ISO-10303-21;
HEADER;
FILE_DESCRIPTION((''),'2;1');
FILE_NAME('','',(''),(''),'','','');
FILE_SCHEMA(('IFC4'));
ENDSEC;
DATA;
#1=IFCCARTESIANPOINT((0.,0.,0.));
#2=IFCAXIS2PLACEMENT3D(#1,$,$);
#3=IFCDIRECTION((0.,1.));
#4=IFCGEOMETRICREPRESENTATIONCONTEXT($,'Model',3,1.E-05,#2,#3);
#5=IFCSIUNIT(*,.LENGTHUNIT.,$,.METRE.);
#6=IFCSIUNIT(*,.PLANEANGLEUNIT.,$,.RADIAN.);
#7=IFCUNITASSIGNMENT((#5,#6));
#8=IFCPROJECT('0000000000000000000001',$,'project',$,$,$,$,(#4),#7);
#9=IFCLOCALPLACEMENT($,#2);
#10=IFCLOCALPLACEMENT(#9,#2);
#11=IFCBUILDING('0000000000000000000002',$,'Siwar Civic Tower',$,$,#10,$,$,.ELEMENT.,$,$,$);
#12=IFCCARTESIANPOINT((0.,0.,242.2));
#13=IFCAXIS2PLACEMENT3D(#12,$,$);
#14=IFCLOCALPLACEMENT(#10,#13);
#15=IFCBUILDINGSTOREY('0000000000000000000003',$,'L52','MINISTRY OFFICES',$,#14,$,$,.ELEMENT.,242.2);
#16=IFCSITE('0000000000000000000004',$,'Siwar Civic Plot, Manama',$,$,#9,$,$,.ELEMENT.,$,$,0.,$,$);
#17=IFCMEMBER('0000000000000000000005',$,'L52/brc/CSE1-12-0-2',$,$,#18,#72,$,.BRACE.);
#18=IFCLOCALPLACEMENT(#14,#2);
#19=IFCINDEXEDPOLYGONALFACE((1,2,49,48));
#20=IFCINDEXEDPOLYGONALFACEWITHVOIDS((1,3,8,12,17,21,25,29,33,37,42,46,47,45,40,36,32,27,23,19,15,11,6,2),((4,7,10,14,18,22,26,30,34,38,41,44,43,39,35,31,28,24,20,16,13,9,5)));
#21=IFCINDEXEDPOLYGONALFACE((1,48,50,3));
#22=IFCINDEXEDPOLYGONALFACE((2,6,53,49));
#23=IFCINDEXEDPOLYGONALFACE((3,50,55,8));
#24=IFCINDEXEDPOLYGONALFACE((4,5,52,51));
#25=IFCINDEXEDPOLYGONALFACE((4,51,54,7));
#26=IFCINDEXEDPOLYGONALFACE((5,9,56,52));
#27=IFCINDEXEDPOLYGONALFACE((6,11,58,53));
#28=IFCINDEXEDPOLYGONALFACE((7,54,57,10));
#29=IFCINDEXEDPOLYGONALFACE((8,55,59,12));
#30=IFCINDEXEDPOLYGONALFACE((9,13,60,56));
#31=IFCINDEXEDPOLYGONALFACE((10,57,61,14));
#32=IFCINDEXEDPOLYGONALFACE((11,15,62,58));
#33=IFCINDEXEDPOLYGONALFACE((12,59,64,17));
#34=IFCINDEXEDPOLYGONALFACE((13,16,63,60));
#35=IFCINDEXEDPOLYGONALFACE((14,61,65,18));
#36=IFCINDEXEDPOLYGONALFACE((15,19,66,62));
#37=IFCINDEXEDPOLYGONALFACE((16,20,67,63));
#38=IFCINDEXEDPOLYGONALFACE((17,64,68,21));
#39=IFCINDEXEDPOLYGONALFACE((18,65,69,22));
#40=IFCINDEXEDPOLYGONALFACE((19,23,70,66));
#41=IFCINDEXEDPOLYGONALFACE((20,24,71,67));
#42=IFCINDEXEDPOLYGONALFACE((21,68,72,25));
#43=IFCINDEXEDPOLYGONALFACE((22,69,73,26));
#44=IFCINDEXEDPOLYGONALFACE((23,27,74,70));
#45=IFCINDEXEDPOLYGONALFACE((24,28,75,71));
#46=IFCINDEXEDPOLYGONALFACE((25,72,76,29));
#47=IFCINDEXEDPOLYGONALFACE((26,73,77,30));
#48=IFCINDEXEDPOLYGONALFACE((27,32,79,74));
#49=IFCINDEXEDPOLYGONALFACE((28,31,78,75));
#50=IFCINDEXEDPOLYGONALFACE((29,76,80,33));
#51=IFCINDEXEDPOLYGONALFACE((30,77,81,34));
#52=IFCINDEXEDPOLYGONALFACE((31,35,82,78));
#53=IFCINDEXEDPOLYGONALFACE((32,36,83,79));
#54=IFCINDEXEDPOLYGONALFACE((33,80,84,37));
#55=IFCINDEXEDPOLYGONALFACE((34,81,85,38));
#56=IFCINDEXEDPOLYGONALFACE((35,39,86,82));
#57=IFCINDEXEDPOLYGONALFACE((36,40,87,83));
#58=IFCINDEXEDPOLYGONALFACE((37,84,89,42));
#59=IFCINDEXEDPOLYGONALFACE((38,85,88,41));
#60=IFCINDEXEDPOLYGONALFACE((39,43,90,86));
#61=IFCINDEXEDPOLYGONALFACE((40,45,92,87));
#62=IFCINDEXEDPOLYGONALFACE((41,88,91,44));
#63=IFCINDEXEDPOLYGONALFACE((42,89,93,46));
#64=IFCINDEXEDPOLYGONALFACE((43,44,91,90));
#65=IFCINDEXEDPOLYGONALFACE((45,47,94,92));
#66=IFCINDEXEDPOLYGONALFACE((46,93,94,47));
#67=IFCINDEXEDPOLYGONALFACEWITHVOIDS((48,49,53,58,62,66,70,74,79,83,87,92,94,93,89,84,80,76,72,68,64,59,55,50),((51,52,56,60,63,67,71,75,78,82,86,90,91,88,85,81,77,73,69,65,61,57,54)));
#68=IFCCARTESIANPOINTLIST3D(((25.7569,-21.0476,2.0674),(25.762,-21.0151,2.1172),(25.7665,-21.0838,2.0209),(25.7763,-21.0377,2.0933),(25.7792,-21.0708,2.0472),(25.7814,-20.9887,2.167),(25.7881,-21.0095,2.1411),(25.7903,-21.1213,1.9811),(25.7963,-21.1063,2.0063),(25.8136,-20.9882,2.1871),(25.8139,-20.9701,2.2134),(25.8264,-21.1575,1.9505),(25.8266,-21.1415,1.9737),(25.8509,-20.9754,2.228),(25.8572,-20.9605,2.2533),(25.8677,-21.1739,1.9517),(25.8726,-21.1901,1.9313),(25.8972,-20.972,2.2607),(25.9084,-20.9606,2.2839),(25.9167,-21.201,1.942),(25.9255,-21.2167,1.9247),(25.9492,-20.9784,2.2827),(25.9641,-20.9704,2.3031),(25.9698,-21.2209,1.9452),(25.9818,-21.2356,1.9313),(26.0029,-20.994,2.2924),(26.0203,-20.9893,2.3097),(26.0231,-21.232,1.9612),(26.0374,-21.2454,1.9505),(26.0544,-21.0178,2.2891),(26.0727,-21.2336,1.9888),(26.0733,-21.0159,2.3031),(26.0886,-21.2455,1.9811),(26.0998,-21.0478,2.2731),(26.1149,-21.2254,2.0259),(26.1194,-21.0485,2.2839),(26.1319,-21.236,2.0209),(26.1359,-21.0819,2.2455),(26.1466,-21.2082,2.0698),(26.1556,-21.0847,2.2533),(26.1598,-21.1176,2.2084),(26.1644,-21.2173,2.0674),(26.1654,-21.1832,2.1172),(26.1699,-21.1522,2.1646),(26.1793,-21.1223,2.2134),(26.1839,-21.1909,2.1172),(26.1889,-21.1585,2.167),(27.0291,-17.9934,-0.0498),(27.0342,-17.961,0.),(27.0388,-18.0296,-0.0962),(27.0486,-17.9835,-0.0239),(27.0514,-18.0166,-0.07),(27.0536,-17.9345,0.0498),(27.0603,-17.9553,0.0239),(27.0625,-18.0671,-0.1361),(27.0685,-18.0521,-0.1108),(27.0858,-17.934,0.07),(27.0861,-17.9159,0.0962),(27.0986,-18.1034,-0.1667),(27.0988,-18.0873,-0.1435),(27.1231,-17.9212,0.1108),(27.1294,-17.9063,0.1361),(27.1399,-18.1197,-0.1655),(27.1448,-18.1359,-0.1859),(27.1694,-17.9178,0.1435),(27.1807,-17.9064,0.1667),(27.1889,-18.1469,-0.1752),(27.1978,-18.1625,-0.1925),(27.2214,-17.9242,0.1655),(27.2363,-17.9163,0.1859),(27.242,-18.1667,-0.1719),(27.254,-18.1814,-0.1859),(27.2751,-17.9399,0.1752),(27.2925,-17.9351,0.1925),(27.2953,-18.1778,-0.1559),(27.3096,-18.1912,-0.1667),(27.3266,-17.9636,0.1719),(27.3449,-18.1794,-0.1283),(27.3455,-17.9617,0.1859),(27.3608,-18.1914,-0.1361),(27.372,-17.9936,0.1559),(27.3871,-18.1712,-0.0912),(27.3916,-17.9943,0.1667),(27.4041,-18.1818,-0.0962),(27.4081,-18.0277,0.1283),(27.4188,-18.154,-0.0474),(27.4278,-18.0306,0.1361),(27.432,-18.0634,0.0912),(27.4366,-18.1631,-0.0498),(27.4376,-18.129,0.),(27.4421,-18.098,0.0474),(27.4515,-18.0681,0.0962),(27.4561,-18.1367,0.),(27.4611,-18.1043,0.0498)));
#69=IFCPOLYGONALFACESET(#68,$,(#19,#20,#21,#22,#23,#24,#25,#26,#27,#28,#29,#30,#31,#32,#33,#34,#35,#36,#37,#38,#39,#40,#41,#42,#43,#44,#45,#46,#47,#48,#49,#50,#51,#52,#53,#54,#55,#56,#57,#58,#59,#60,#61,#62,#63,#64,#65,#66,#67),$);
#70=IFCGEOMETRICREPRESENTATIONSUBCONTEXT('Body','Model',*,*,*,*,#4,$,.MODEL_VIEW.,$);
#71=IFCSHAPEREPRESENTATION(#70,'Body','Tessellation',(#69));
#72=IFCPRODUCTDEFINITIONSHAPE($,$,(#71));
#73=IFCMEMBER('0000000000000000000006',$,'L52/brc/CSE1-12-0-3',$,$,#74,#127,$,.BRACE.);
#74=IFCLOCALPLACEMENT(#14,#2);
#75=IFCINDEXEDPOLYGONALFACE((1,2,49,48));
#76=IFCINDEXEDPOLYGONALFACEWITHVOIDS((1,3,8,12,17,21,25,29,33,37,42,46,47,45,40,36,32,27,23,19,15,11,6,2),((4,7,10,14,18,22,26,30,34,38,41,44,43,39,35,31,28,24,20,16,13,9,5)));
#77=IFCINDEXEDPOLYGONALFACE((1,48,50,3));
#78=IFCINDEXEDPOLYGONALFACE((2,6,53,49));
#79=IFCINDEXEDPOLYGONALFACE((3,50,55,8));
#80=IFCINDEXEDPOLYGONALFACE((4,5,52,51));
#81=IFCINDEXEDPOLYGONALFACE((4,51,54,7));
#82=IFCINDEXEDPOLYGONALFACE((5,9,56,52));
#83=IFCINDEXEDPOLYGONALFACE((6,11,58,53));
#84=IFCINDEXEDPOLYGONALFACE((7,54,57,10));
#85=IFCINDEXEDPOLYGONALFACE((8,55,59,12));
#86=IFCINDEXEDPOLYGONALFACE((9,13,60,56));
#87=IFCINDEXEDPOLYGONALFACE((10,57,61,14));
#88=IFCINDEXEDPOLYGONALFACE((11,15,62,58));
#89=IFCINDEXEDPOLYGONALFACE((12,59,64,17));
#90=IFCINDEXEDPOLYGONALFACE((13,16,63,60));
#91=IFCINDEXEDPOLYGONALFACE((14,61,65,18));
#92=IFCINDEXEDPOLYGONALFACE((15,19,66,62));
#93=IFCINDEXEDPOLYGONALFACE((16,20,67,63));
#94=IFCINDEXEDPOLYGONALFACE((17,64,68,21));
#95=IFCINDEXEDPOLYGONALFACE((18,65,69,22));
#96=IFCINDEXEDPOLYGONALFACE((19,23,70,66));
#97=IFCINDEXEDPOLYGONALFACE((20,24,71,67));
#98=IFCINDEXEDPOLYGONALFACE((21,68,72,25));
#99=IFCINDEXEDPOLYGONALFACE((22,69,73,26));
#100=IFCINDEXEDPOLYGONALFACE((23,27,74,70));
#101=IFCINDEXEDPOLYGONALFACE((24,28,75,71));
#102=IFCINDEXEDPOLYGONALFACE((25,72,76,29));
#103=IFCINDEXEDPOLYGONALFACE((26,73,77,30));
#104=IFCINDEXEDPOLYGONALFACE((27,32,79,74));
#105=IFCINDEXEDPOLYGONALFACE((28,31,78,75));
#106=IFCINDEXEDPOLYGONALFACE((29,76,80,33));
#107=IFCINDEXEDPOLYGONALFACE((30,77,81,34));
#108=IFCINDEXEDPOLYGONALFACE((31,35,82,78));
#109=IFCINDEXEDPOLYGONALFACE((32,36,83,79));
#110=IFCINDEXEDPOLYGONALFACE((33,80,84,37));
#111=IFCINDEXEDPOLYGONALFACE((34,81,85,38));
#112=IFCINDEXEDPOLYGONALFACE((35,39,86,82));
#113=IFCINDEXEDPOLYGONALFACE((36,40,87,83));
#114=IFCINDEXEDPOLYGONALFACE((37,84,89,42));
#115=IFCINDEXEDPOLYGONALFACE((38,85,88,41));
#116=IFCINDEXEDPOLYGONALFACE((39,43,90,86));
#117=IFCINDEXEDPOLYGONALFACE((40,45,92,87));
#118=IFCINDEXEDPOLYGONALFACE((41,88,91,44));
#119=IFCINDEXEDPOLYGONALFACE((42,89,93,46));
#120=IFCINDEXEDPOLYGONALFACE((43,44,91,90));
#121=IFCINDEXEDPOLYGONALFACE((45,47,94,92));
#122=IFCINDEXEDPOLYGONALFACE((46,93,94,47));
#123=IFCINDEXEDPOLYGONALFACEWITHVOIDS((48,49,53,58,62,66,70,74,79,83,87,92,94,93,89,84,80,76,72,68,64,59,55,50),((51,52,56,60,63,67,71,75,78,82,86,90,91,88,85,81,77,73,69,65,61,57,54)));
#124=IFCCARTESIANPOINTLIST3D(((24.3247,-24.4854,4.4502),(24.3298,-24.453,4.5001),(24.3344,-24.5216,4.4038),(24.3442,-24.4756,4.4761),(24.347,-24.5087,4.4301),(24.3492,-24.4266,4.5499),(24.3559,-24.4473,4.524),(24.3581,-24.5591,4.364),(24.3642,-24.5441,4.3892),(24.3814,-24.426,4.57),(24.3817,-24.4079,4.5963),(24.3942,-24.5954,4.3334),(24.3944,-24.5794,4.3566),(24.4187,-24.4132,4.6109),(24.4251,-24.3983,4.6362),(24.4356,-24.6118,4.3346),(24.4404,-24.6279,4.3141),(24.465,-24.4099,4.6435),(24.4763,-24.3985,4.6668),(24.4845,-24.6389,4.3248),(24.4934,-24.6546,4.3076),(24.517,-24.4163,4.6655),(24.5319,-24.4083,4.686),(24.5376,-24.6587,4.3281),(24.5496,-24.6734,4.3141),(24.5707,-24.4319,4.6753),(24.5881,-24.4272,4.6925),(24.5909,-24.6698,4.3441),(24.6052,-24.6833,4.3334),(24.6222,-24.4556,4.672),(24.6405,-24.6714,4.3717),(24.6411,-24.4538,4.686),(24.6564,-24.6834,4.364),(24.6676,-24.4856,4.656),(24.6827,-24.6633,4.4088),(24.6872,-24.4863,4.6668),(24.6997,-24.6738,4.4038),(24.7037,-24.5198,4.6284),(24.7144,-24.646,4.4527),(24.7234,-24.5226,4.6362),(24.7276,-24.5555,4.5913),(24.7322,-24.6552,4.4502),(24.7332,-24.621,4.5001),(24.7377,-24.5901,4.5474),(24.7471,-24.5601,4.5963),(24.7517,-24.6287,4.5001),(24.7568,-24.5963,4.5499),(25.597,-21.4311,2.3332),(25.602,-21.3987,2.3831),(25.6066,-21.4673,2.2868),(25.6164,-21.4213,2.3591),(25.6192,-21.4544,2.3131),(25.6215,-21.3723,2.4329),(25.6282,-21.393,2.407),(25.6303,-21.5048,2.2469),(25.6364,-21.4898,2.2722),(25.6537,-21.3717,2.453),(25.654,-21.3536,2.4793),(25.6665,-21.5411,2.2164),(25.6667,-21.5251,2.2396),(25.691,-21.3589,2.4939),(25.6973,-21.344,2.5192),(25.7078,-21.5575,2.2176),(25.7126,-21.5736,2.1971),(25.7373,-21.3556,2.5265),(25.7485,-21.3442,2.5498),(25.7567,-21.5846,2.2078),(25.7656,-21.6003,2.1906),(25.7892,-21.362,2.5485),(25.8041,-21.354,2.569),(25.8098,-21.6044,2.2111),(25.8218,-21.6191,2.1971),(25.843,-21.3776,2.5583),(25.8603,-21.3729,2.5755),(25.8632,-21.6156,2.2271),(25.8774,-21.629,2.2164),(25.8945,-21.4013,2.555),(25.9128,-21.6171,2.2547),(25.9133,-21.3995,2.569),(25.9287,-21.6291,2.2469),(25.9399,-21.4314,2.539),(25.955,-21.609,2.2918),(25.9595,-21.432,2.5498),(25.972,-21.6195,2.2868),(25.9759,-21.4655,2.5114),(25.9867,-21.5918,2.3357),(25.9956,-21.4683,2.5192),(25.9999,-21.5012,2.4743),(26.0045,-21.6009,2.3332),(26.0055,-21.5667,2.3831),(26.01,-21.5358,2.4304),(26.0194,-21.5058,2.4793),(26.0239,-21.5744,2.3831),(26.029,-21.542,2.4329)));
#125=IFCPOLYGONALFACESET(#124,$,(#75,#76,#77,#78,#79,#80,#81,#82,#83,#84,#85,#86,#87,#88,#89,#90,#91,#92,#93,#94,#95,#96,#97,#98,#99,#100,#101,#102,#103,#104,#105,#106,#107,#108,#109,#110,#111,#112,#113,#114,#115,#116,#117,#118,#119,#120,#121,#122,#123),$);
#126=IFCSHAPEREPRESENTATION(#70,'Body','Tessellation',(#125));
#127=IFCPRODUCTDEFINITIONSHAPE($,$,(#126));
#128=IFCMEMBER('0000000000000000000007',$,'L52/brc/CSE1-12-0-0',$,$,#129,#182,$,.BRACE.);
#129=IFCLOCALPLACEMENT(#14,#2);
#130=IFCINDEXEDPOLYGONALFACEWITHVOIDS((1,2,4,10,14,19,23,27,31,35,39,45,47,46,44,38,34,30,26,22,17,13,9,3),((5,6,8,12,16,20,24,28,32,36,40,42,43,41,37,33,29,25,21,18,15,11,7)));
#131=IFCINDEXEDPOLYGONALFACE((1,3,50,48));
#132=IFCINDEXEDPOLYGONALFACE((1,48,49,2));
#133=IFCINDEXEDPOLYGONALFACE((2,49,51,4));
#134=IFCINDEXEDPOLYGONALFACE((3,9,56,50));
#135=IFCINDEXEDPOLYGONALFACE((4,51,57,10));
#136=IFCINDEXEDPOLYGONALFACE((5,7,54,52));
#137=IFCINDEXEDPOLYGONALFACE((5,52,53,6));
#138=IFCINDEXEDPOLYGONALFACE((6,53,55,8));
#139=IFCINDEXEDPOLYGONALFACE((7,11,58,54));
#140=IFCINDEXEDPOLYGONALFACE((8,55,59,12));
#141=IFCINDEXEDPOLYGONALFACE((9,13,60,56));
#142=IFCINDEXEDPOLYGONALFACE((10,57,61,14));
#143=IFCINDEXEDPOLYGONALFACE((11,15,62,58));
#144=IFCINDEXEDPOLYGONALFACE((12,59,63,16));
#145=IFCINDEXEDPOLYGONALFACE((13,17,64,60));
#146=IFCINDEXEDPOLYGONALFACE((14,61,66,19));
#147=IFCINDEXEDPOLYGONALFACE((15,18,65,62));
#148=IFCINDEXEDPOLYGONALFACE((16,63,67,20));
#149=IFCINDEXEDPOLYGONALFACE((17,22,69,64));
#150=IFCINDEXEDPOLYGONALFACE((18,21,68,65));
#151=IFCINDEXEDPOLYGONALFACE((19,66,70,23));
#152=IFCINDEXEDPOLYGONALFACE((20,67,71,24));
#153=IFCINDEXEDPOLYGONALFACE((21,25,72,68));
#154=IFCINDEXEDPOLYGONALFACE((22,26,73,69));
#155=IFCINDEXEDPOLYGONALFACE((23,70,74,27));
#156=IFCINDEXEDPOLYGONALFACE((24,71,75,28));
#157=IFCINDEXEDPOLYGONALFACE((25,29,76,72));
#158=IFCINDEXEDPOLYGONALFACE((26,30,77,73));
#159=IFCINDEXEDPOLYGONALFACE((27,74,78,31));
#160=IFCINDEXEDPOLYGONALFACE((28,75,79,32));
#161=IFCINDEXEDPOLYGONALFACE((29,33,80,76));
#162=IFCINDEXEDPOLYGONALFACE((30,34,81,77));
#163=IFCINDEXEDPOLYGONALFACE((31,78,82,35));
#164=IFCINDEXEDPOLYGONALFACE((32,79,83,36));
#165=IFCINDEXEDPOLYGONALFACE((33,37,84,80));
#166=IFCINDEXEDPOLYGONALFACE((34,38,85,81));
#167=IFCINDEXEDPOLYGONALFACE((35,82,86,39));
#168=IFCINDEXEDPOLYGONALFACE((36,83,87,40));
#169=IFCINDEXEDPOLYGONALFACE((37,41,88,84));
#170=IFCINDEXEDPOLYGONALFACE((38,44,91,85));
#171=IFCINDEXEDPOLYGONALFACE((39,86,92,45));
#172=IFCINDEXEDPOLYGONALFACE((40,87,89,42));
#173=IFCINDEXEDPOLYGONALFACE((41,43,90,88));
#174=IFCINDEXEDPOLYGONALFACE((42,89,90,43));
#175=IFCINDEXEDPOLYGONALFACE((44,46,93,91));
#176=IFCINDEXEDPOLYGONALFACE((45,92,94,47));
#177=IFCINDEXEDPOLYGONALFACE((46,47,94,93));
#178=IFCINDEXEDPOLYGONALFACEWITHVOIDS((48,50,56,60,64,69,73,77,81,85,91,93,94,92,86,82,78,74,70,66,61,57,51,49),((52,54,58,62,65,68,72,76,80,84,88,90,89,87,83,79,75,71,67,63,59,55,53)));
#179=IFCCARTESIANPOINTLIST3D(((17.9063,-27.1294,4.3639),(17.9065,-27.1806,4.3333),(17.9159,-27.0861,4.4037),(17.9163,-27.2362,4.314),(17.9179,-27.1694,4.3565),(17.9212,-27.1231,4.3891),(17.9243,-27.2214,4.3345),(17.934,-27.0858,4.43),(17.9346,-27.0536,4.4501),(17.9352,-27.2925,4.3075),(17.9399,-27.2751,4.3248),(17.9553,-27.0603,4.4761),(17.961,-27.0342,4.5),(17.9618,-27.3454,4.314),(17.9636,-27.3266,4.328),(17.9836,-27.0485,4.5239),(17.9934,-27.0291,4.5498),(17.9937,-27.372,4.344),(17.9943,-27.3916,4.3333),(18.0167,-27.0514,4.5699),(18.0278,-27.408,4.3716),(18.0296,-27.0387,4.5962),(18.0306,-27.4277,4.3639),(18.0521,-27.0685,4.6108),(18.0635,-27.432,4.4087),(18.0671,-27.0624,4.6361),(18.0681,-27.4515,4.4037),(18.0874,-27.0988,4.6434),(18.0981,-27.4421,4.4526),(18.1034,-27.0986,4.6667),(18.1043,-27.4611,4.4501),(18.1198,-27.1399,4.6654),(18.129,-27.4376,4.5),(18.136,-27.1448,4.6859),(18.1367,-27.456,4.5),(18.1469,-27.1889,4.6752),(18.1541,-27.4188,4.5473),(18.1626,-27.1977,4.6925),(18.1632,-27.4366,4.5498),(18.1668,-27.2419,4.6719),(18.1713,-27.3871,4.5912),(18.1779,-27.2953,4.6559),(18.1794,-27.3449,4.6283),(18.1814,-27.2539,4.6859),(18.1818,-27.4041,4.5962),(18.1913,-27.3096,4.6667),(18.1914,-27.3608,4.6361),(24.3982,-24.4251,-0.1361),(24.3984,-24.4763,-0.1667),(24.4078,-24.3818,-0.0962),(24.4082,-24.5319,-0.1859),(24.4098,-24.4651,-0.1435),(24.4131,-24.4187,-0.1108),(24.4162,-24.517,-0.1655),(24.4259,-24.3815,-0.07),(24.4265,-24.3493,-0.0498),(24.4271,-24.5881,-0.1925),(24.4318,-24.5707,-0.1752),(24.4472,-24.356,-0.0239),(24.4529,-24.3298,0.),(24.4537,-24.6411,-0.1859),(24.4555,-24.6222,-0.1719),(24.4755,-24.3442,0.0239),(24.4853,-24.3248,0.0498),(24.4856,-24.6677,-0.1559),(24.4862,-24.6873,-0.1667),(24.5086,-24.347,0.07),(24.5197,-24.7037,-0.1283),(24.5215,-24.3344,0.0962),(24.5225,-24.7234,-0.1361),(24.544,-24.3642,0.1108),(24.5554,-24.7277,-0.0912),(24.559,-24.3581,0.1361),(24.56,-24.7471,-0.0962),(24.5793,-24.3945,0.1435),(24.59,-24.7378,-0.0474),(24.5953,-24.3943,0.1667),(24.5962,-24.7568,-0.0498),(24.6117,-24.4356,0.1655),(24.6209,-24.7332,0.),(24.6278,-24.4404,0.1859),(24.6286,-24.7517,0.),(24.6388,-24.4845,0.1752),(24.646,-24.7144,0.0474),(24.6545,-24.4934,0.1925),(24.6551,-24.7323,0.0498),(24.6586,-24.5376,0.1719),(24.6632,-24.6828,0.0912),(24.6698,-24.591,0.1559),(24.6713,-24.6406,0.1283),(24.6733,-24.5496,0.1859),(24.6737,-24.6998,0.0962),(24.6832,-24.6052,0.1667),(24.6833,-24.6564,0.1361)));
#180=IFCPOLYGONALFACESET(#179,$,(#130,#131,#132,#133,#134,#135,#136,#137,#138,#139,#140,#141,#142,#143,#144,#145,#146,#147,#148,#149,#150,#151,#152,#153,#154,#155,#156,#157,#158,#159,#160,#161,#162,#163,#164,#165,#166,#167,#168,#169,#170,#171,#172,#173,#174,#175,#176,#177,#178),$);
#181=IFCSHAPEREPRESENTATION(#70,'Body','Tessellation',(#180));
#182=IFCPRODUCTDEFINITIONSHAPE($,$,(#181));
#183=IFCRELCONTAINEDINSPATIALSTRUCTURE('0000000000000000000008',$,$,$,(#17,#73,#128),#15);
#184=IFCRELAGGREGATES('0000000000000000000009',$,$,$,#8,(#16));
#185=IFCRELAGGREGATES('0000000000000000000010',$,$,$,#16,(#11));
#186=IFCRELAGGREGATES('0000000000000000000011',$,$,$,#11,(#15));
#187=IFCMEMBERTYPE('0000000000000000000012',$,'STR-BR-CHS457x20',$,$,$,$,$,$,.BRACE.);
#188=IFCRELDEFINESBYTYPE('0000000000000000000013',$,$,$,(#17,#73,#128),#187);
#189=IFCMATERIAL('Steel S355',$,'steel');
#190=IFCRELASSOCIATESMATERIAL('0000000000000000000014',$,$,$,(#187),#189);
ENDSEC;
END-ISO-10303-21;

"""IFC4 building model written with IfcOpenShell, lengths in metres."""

from ifc_helpers import new_model, si_unit, direction, frame, origin, origin_2d, place, context, subcontext, project, spatial, hollow_circle, extrude, material, material_profile, profile_set, type_object, element, save


model = new_model("IFC4")

# Units and contexts
model_context = context("Model", 3, precision=1e-05, world=origin(), true_north=direction((0.0, 1.0)))
body_context = subcontext(model_context, "Body", "Model", "MODEL_VIEW")
ifc_project = project(units=[si_unit("LENGTHUNIT", "METRE"), si_unit("PLANEANGLEUNIT", "RADIAN")], contexts=[model_context])

# Site, building, storey
site_placement = place(None, origin())
site = spatial("IfcSite", under=ifc_project, at=site_placement, Name="Siwar Civic Plot, Manama", CompositionType="ELEMENT", RefElevation=0.0)
building_placement = place(site_placement, origin())
building = spatial("IfcBuilding", under=site, at=building_placement, Name="Siwar Civic Tower", CompositionType="ELEMENT")
storey_placement = place(building_placement, frame((0.0, 0.0, 242.2)))
storey = spatial("IfcBuildingStorey", under=building, at=storey_placement, Name="L52", Description="MINISTRY OFFICES", CompositionType="ELEMENT", Elevation=242.2)

# Members
ifc_material_1 = material(Name="Steel S355", Category="steel")
ifc_material_profile_1 = material_profile(ifc_material_1, hollow_circle(Radius=0.2285, WallThickness=0.02, at=origin_2d()), Name="CHS457x20")
ifc_profile_set_1 = profile_set([ifc_material_profile_1], Name="Steel S355")
member_type_1 = type_object("IfcMemberType", Name="STR-BR-CHS457x20", PredefinedType="BRACE", material=ifc_profile_set_1)
for number, where, z_axis, x_axis, name in (
    (1, (27.2451, -18.0488, 0.0), (-0.323884, -0.777546, 0.538999), (0.923116, -0.384521, 0.0), "L52/brc/CSE1-12-0-2"),
    (2, (25.813, -21.4866, 2.3831), (-0.323895, -0.777572, 0.538955), (0.923116, -0.384521, 0.0), "L52/brc/CSE1-12-0-3"),
):
    element("IfcMember", number, at=place(storey_placement, frame(where, z_axis=z_axis, x_axis=x_axis)), inside=storey, type_object=member_type_1, Name=name, PredefinedType="BRACE", context=body_context, shape_type="SweptSolid", body=[
        extrude(hollow_circle(Radius=0.2285, WallThickness=0.02, at=origin_2d()), origin(), (0.0, 0.0, 1.0), 3.928),
    ])
member_1_placement = place(storey_placement, frame((24.5408, -24.5408, 0.0), z_axis=(-0.777555, -0.323906, 0.538975), x_axis=(0.384539, -0.923109, 0.0)))
element("IfcMember", 3, at=member_1_placement, inside=storey, type_object=member_type_1, Name="L52/brc/CSE1-12-0-0", PredefinedType="BRACE", context=body_context, shape_type="SweptSolid", body=[
    extrude(hollow_circle(Radius=0.2285, WallThickness=0.02, at=origin_2d()), origin(), (0.0, 0.0, 1.0), 8.3491),
])

save(model, "model.ifc")
